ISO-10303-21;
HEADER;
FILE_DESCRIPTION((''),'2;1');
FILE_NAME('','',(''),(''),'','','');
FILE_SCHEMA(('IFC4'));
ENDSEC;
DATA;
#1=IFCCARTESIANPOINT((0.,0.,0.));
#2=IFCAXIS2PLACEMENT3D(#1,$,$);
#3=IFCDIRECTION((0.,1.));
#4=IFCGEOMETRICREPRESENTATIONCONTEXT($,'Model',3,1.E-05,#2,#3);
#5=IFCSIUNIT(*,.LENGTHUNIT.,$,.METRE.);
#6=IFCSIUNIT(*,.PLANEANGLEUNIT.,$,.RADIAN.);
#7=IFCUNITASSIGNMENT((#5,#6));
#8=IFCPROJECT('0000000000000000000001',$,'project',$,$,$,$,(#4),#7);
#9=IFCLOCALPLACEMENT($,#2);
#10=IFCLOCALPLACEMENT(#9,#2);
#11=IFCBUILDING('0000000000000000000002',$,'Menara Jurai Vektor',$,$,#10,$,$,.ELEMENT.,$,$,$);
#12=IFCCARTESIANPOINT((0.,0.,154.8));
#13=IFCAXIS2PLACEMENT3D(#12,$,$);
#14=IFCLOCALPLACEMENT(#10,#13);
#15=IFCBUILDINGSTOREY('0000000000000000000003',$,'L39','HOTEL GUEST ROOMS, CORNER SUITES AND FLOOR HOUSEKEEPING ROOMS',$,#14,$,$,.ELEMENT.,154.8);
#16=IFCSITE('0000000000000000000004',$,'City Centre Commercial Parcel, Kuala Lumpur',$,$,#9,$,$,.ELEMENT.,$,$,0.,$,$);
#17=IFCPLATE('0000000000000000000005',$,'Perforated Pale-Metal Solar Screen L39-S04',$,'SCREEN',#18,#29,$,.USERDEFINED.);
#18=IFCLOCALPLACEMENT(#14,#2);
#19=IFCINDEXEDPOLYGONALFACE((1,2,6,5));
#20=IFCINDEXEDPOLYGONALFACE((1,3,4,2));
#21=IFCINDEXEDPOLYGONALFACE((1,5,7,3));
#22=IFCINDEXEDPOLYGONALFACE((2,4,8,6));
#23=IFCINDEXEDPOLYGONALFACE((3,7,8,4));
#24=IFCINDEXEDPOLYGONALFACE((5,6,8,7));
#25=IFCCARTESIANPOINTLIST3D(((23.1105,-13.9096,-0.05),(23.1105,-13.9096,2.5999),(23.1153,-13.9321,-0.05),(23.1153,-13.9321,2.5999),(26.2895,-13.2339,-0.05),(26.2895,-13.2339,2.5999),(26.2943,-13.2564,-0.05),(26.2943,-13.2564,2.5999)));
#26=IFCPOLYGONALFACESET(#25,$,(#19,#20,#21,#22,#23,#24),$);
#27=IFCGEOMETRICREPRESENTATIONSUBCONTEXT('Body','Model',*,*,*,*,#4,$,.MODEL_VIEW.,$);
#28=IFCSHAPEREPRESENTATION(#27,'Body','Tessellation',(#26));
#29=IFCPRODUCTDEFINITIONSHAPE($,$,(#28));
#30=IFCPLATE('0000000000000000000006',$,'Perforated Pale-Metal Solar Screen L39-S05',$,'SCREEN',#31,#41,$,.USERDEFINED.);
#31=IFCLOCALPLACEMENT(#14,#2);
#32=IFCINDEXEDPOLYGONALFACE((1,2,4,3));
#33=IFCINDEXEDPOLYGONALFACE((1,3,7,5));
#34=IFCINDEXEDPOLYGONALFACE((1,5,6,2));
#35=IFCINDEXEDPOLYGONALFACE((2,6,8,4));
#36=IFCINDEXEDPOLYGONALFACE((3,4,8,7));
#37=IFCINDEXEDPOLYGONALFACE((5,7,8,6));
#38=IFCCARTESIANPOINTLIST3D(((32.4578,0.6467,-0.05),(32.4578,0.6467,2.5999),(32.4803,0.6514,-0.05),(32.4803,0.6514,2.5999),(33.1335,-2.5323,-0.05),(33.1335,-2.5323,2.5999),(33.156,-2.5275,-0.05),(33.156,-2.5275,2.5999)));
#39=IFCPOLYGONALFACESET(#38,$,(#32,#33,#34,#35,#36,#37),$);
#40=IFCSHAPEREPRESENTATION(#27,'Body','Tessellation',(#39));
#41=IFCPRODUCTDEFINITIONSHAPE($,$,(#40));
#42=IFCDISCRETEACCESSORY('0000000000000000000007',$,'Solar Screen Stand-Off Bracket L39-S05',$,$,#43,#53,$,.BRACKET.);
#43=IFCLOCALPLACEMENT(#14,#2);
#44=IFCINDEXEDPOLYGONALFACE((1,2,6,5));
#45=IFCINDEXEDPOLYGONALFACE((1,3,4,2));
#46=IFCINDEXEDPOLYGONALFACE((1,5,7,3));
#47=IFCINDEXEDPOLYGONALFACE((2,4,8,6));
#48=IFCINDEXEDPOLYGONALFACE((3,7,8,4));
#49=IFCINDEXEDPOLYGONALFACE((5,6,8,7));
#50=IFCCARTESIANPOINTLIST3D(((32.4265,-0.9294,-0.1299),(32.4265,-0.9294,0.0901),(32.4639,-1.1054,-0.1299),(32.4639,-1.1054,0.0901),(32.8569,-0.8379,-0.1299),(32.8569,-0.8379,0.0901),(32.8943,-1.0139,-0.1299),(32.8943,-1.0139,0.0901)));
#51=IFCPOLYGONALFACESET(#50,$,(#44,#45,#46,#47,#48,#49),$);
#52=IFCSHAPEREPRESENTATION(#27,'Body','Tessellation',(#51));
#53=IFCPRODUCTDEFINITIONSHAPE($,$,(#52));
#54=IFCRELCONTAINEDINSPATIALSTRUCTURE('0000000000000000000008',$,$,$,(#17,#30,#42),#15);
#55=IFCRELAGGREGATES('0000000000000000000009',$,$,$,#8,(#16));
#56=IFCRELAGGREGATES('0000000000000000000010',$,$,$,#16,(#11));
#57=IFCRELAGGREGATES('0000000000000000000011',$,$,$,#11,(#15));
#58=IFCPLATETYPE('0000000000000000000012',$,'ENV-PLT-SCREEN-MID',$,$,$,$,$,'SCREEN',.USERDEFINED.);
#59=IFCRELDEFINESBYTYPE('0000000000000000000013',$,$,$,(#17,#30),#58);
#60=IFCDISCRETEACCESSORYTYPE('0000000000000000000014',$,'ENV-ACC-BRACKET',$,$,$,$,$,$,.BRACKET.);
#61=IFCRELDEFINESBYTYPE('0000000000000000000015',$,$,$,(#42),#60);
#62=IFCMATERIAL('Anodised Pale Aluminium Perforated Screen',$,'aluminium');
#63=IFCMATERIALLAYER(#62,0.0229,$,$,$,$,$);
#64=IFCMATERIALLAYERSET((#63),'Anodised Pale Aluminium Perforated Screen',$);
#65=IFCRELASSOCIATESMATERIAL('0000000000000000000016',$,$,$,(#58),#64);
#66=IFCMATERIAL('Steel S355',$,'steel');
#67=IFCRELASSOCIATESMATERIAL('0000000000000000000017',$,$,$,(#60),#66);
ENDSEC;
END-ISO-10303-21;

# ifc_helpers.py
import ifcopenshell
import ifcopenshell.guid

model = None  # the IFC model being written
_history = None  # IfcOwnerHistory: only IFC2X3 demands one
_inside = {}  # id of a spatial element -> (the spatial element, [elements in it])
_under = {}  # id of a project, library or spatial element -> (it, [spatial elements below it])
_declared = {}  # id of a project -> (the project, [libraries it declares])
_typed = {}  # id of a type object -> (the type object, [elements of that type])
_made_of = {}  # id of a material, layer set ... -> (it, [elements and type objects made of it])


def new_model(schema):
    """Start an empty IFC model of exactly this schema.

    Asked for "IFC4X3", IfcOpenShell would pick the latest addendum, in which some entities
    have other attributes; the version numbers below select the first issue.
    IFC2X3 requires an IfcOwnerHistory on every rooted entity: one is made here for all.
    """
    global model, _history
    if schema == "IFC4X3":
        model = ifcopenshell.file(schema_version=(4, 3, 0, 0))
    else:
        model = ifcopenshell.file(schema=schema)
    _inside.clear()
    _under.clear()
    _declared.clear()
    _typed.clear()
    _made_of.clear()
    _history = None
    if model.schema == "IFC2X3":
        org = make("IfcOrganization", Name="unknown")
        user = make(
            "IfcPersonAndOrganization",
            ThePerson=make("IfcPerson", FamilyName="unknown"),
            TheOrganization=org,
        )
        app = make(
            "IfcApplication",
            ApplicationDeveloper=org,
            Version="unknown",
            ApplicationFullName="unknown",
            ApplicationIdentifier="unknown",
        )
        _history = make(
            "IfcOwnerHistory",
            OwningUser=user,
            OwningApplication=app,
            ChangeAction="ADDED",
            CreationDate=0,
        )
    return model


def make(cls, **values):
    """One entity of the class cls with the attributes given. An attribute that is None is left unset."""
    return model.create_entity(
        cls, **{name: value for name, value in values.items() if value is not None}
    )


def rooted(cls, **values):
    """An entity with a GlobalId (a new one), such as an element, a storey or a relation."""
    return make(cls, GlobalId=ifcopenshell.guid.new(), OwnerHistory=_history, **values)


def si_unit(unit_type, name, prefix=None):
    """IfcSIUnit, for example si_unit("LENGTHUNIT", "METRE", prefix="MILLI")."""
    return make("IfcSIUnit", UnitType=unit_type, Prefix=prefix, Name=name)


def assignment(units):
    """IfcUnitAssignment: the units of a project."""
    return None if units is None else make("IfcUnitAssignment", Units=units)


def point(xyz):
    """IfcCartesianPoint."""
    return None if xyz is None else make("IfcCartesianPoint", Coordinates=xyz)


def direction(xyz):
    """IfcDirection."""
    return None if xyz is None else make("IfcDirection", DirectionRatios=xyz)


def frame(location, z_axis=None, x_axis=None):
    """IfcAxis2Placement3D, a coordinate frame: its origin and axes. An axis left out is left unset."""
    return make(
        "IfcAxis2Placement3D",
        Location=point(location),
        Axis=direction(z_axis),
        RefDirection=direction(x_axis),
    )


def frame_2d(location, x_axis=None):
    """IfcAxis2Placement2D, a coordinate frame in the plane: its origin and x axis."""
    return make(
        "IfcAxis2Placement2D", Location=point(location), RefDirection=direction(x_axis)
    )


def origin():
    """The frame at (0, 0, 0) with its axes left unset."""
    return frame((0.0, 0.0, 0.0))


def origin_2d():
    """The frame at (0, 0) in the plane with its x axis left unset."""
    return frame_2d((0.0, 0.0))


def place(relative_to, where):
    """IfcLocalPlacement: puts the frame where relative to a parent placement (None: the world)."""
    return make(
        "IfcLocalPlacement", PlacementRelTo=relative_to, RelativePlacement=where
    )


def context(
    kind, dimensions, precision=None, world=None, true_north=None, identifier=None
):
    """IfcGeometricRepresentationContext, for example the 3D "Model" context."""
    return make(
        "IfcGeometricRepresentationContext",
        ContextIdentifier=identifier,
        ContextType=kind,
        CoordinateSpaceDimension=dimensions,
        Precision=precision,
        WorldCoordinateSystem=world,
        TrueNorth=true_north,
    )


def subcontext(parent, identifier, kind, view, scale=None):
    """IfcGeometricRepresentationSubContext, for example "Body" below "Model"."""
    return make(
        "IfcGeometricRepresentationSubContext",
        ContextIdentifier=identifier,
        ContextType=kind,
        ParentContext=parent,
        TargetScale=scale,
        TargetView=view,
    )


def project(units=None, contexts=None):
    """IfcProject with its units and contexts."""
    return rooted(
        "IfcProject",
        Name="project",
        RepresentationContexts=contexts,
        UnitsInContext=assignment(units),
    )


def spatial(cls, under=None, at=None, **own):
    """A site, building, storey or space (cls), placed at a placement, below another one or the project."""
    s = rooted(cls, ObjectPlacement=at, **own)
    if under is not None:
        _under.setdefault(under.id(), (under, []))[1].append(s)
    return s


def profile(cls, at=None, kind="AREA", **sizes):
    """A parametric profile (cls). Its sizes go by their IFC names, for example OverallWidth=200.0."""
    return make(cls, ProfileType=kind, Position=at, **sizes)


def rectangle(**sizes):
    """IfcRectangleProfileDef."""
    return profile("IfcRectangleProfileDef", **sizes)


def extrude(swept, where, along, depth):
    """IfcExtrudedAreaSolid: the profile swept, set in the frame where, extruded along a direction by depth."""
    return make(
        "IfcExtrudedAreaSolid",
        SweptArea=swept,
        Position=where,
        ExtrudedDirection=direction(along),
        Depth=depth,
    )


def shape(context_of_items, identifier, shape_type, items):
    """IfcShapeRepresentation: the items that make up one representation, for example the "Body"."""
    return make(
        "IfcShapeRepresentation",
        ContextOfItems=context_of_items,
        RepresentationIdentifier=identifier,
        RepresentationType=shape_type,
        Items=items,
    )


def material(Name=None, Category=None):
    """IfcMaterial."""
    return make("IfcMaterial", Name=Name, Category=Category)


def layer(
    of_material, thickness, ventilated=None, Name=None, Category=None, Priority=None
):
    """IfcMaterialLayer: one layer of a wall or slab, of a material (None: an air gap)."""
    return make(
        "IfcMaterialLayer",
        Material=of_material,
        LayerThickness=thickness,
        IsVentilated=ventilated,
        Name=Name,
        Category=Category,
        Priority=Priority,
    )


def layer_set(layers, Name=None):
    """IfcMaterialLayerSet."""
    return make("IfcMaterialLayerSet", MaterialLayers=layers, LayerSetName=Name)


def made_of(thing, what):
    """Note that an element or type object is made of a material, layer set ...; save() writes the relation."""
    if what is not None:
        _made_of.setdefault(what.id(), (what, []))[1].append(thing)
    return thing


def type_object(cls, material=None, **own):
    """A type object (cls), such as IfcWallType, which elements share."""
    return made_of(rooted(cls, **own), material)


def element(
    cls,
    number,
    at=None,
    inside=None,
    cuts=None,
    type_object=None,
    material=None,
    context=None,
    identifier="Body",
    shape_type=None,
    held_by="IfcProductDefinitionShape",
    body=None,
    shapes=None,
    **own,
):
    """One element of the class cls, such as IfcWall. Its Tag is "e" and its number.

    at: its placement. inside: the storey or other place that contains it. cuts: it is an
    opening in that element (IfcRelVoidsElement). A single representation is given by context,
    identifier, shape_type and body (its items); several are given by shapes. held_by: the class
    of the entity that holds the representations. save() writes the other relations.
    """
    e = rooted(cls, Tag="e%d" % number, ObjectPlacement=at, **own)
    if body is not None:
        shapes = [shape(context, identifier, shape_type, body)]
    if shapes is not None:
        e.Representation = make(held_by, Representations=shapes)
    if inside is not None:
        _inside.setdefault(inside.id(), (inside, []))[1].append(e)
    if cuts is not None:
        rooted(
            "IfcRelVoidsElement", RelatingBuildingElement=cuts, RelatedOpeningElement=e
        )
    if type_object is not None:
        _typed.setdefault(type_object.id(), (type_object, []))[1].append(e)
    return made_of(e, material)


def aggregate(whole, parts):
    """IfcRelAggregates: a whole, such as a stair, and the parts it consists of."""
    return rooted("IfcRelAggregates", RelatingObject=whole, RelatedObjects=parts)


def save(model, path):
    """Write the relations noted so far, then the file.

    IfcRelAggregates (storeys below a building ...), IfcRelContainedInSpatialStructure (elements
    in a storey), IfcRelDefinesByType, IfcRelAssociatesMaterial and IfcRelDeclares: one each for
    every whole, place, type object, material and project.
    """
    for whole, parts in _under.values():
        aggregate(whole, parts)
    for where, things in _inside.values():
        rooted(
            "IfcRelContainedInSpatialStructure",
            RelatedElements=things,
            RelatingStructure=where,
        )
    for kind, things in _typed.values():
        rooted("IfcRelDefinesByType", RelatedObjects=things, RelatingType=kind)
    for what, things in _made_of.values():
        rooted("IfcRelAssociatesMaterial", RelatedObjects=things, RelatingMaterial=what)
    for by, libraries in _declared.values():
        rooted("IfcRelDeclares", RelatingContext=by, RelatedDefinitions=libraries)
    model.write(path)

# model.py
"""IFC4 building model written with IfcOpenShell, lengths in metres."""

from ifc_helpers import new_model, si_unit, direction, frame, origin, origin_2d, place, context, subcontext, project, spatial, rectangle, extrude, material, layer, layer_set, type_object, element, save


model = new_model("IFC4")

# Units and contexts
model_context = context("Model", 3, precision=1e-05, world=origin(), true_north=direction((0.0, 1.0)))
body_context = subcontext(model_context, "Body", "Model", "MODEL_VIEW")
ifc_project = project(units=[si_unit("LENGTHUNIT", "METRE"), si_unit("PLANEANGLEUNIT", "RADIAN")], contexts=[model_context])

# Site, building, storey
site_placement = place(None, origin())
site = spatial("IfcSite", under=ifc_project, at=site_placement, Name="City Centre Commercial Parcel, Kuala Lumpur", CompositionType="ELEMENT", RefElevation=0.0)
building_placement = place(site_placement, origin())
building = spatial("IfcBuilding", under=site, at=building_placement, Name="Menara Jurai Vektor", CompositionType="ELEMENT")
storey_placement = place(building_placement, frame((0.0, 0.0, 154.8)))
storey = spatial("IfcBuildingStorey", under=building, at=storey_placement, Name="L39", Description="HOTEL GUEST ROOMS, CORNER SUITES AND FLOOR HOUSEKEEPING ROOMS", CompositionType="ELEMENT", Elevation=154.8)

# Shared definitions
ifc_material_1 = material(Name="Steel S355", Category="steel")

# Plates
ifc_material_2 = material(Name="Anodised Pale Aluminium Perforated Screen", Category="aluminium")
ifc_layer_1 = layer(ifc_material_2, 0.0229)
ifc_layer_set_1 = layer_set([ifc_layer_1], Name="Anodised Pale Aluminium Perforated Screen")
plate_type_1 = type_object("IfcPlateType", Name="ENV-PLT-SCREEN-MID", ElementType="SCREEN", PredefinedType="USERDEFINED", material=ifc_layer_set_1)
for number, where, z_axis, x_axis, name in (
    (1, (24.7024, -13.583, -0.05), (0.0, 0.0, 1.0), (0.978148, 0.207912, 0.0), "Perforated Pale-Metal Solar Screen L39-S04"),
    (2, (32.8069, -0.9404, -0.05), (0.0, 0.0, 1.0), (-0.207912, 0.978148, 0.0), "Perforated Pale-Metal Solar Screen L39-S05"),
):
    element("IfcPlate", number, at=place(storey_placement, frame(where, z_axis=z_axis, x_axis=x_axis)), inside=storey, type_object=plate_type_1, Name=name, ObjectType="SCREEN", PredefinedType="USERDEFINED", context=body_context, shape_type="SweptSolid", body=[
        extrude(rectangle(XDim=3.25, YDim=0.0229, at=origin_2d()), origin(), (0.0, 0.0, 1.0), 2.6499),
    ])

# Discrete accessory
discrete_accessory_type = type_object("IfcDiscreteAccessoryType", Name="ENV-ACC-BRACKET", PredefinedType="BRACKET", material=ifc_material_1)
discrete_accessory_placement = place(storey_placement, frame((32.6604, -0.9717, -0.1299), z_axis=(0.0, 0.0, 1.0), x_axis=(-0.207912, 0.978148, 0.0)))
element("IfcDiscreteAccessory", 3, at=discrete_accessory_placement, inside=storey, type_object=discrete_accessory_type, Name="Solar Screen Stand-Off Bracket L39-S05", PredefinedType="BRACKET", context=body_context, shape_type="SweptSolid", body=[
    extrude(rectangle(XDim=0.1799, YDim=0.4399, at=origin_2d()), origin(), (0.0, 0.0, 1.0), 0.22),
])

save(model, "model.ifc")
